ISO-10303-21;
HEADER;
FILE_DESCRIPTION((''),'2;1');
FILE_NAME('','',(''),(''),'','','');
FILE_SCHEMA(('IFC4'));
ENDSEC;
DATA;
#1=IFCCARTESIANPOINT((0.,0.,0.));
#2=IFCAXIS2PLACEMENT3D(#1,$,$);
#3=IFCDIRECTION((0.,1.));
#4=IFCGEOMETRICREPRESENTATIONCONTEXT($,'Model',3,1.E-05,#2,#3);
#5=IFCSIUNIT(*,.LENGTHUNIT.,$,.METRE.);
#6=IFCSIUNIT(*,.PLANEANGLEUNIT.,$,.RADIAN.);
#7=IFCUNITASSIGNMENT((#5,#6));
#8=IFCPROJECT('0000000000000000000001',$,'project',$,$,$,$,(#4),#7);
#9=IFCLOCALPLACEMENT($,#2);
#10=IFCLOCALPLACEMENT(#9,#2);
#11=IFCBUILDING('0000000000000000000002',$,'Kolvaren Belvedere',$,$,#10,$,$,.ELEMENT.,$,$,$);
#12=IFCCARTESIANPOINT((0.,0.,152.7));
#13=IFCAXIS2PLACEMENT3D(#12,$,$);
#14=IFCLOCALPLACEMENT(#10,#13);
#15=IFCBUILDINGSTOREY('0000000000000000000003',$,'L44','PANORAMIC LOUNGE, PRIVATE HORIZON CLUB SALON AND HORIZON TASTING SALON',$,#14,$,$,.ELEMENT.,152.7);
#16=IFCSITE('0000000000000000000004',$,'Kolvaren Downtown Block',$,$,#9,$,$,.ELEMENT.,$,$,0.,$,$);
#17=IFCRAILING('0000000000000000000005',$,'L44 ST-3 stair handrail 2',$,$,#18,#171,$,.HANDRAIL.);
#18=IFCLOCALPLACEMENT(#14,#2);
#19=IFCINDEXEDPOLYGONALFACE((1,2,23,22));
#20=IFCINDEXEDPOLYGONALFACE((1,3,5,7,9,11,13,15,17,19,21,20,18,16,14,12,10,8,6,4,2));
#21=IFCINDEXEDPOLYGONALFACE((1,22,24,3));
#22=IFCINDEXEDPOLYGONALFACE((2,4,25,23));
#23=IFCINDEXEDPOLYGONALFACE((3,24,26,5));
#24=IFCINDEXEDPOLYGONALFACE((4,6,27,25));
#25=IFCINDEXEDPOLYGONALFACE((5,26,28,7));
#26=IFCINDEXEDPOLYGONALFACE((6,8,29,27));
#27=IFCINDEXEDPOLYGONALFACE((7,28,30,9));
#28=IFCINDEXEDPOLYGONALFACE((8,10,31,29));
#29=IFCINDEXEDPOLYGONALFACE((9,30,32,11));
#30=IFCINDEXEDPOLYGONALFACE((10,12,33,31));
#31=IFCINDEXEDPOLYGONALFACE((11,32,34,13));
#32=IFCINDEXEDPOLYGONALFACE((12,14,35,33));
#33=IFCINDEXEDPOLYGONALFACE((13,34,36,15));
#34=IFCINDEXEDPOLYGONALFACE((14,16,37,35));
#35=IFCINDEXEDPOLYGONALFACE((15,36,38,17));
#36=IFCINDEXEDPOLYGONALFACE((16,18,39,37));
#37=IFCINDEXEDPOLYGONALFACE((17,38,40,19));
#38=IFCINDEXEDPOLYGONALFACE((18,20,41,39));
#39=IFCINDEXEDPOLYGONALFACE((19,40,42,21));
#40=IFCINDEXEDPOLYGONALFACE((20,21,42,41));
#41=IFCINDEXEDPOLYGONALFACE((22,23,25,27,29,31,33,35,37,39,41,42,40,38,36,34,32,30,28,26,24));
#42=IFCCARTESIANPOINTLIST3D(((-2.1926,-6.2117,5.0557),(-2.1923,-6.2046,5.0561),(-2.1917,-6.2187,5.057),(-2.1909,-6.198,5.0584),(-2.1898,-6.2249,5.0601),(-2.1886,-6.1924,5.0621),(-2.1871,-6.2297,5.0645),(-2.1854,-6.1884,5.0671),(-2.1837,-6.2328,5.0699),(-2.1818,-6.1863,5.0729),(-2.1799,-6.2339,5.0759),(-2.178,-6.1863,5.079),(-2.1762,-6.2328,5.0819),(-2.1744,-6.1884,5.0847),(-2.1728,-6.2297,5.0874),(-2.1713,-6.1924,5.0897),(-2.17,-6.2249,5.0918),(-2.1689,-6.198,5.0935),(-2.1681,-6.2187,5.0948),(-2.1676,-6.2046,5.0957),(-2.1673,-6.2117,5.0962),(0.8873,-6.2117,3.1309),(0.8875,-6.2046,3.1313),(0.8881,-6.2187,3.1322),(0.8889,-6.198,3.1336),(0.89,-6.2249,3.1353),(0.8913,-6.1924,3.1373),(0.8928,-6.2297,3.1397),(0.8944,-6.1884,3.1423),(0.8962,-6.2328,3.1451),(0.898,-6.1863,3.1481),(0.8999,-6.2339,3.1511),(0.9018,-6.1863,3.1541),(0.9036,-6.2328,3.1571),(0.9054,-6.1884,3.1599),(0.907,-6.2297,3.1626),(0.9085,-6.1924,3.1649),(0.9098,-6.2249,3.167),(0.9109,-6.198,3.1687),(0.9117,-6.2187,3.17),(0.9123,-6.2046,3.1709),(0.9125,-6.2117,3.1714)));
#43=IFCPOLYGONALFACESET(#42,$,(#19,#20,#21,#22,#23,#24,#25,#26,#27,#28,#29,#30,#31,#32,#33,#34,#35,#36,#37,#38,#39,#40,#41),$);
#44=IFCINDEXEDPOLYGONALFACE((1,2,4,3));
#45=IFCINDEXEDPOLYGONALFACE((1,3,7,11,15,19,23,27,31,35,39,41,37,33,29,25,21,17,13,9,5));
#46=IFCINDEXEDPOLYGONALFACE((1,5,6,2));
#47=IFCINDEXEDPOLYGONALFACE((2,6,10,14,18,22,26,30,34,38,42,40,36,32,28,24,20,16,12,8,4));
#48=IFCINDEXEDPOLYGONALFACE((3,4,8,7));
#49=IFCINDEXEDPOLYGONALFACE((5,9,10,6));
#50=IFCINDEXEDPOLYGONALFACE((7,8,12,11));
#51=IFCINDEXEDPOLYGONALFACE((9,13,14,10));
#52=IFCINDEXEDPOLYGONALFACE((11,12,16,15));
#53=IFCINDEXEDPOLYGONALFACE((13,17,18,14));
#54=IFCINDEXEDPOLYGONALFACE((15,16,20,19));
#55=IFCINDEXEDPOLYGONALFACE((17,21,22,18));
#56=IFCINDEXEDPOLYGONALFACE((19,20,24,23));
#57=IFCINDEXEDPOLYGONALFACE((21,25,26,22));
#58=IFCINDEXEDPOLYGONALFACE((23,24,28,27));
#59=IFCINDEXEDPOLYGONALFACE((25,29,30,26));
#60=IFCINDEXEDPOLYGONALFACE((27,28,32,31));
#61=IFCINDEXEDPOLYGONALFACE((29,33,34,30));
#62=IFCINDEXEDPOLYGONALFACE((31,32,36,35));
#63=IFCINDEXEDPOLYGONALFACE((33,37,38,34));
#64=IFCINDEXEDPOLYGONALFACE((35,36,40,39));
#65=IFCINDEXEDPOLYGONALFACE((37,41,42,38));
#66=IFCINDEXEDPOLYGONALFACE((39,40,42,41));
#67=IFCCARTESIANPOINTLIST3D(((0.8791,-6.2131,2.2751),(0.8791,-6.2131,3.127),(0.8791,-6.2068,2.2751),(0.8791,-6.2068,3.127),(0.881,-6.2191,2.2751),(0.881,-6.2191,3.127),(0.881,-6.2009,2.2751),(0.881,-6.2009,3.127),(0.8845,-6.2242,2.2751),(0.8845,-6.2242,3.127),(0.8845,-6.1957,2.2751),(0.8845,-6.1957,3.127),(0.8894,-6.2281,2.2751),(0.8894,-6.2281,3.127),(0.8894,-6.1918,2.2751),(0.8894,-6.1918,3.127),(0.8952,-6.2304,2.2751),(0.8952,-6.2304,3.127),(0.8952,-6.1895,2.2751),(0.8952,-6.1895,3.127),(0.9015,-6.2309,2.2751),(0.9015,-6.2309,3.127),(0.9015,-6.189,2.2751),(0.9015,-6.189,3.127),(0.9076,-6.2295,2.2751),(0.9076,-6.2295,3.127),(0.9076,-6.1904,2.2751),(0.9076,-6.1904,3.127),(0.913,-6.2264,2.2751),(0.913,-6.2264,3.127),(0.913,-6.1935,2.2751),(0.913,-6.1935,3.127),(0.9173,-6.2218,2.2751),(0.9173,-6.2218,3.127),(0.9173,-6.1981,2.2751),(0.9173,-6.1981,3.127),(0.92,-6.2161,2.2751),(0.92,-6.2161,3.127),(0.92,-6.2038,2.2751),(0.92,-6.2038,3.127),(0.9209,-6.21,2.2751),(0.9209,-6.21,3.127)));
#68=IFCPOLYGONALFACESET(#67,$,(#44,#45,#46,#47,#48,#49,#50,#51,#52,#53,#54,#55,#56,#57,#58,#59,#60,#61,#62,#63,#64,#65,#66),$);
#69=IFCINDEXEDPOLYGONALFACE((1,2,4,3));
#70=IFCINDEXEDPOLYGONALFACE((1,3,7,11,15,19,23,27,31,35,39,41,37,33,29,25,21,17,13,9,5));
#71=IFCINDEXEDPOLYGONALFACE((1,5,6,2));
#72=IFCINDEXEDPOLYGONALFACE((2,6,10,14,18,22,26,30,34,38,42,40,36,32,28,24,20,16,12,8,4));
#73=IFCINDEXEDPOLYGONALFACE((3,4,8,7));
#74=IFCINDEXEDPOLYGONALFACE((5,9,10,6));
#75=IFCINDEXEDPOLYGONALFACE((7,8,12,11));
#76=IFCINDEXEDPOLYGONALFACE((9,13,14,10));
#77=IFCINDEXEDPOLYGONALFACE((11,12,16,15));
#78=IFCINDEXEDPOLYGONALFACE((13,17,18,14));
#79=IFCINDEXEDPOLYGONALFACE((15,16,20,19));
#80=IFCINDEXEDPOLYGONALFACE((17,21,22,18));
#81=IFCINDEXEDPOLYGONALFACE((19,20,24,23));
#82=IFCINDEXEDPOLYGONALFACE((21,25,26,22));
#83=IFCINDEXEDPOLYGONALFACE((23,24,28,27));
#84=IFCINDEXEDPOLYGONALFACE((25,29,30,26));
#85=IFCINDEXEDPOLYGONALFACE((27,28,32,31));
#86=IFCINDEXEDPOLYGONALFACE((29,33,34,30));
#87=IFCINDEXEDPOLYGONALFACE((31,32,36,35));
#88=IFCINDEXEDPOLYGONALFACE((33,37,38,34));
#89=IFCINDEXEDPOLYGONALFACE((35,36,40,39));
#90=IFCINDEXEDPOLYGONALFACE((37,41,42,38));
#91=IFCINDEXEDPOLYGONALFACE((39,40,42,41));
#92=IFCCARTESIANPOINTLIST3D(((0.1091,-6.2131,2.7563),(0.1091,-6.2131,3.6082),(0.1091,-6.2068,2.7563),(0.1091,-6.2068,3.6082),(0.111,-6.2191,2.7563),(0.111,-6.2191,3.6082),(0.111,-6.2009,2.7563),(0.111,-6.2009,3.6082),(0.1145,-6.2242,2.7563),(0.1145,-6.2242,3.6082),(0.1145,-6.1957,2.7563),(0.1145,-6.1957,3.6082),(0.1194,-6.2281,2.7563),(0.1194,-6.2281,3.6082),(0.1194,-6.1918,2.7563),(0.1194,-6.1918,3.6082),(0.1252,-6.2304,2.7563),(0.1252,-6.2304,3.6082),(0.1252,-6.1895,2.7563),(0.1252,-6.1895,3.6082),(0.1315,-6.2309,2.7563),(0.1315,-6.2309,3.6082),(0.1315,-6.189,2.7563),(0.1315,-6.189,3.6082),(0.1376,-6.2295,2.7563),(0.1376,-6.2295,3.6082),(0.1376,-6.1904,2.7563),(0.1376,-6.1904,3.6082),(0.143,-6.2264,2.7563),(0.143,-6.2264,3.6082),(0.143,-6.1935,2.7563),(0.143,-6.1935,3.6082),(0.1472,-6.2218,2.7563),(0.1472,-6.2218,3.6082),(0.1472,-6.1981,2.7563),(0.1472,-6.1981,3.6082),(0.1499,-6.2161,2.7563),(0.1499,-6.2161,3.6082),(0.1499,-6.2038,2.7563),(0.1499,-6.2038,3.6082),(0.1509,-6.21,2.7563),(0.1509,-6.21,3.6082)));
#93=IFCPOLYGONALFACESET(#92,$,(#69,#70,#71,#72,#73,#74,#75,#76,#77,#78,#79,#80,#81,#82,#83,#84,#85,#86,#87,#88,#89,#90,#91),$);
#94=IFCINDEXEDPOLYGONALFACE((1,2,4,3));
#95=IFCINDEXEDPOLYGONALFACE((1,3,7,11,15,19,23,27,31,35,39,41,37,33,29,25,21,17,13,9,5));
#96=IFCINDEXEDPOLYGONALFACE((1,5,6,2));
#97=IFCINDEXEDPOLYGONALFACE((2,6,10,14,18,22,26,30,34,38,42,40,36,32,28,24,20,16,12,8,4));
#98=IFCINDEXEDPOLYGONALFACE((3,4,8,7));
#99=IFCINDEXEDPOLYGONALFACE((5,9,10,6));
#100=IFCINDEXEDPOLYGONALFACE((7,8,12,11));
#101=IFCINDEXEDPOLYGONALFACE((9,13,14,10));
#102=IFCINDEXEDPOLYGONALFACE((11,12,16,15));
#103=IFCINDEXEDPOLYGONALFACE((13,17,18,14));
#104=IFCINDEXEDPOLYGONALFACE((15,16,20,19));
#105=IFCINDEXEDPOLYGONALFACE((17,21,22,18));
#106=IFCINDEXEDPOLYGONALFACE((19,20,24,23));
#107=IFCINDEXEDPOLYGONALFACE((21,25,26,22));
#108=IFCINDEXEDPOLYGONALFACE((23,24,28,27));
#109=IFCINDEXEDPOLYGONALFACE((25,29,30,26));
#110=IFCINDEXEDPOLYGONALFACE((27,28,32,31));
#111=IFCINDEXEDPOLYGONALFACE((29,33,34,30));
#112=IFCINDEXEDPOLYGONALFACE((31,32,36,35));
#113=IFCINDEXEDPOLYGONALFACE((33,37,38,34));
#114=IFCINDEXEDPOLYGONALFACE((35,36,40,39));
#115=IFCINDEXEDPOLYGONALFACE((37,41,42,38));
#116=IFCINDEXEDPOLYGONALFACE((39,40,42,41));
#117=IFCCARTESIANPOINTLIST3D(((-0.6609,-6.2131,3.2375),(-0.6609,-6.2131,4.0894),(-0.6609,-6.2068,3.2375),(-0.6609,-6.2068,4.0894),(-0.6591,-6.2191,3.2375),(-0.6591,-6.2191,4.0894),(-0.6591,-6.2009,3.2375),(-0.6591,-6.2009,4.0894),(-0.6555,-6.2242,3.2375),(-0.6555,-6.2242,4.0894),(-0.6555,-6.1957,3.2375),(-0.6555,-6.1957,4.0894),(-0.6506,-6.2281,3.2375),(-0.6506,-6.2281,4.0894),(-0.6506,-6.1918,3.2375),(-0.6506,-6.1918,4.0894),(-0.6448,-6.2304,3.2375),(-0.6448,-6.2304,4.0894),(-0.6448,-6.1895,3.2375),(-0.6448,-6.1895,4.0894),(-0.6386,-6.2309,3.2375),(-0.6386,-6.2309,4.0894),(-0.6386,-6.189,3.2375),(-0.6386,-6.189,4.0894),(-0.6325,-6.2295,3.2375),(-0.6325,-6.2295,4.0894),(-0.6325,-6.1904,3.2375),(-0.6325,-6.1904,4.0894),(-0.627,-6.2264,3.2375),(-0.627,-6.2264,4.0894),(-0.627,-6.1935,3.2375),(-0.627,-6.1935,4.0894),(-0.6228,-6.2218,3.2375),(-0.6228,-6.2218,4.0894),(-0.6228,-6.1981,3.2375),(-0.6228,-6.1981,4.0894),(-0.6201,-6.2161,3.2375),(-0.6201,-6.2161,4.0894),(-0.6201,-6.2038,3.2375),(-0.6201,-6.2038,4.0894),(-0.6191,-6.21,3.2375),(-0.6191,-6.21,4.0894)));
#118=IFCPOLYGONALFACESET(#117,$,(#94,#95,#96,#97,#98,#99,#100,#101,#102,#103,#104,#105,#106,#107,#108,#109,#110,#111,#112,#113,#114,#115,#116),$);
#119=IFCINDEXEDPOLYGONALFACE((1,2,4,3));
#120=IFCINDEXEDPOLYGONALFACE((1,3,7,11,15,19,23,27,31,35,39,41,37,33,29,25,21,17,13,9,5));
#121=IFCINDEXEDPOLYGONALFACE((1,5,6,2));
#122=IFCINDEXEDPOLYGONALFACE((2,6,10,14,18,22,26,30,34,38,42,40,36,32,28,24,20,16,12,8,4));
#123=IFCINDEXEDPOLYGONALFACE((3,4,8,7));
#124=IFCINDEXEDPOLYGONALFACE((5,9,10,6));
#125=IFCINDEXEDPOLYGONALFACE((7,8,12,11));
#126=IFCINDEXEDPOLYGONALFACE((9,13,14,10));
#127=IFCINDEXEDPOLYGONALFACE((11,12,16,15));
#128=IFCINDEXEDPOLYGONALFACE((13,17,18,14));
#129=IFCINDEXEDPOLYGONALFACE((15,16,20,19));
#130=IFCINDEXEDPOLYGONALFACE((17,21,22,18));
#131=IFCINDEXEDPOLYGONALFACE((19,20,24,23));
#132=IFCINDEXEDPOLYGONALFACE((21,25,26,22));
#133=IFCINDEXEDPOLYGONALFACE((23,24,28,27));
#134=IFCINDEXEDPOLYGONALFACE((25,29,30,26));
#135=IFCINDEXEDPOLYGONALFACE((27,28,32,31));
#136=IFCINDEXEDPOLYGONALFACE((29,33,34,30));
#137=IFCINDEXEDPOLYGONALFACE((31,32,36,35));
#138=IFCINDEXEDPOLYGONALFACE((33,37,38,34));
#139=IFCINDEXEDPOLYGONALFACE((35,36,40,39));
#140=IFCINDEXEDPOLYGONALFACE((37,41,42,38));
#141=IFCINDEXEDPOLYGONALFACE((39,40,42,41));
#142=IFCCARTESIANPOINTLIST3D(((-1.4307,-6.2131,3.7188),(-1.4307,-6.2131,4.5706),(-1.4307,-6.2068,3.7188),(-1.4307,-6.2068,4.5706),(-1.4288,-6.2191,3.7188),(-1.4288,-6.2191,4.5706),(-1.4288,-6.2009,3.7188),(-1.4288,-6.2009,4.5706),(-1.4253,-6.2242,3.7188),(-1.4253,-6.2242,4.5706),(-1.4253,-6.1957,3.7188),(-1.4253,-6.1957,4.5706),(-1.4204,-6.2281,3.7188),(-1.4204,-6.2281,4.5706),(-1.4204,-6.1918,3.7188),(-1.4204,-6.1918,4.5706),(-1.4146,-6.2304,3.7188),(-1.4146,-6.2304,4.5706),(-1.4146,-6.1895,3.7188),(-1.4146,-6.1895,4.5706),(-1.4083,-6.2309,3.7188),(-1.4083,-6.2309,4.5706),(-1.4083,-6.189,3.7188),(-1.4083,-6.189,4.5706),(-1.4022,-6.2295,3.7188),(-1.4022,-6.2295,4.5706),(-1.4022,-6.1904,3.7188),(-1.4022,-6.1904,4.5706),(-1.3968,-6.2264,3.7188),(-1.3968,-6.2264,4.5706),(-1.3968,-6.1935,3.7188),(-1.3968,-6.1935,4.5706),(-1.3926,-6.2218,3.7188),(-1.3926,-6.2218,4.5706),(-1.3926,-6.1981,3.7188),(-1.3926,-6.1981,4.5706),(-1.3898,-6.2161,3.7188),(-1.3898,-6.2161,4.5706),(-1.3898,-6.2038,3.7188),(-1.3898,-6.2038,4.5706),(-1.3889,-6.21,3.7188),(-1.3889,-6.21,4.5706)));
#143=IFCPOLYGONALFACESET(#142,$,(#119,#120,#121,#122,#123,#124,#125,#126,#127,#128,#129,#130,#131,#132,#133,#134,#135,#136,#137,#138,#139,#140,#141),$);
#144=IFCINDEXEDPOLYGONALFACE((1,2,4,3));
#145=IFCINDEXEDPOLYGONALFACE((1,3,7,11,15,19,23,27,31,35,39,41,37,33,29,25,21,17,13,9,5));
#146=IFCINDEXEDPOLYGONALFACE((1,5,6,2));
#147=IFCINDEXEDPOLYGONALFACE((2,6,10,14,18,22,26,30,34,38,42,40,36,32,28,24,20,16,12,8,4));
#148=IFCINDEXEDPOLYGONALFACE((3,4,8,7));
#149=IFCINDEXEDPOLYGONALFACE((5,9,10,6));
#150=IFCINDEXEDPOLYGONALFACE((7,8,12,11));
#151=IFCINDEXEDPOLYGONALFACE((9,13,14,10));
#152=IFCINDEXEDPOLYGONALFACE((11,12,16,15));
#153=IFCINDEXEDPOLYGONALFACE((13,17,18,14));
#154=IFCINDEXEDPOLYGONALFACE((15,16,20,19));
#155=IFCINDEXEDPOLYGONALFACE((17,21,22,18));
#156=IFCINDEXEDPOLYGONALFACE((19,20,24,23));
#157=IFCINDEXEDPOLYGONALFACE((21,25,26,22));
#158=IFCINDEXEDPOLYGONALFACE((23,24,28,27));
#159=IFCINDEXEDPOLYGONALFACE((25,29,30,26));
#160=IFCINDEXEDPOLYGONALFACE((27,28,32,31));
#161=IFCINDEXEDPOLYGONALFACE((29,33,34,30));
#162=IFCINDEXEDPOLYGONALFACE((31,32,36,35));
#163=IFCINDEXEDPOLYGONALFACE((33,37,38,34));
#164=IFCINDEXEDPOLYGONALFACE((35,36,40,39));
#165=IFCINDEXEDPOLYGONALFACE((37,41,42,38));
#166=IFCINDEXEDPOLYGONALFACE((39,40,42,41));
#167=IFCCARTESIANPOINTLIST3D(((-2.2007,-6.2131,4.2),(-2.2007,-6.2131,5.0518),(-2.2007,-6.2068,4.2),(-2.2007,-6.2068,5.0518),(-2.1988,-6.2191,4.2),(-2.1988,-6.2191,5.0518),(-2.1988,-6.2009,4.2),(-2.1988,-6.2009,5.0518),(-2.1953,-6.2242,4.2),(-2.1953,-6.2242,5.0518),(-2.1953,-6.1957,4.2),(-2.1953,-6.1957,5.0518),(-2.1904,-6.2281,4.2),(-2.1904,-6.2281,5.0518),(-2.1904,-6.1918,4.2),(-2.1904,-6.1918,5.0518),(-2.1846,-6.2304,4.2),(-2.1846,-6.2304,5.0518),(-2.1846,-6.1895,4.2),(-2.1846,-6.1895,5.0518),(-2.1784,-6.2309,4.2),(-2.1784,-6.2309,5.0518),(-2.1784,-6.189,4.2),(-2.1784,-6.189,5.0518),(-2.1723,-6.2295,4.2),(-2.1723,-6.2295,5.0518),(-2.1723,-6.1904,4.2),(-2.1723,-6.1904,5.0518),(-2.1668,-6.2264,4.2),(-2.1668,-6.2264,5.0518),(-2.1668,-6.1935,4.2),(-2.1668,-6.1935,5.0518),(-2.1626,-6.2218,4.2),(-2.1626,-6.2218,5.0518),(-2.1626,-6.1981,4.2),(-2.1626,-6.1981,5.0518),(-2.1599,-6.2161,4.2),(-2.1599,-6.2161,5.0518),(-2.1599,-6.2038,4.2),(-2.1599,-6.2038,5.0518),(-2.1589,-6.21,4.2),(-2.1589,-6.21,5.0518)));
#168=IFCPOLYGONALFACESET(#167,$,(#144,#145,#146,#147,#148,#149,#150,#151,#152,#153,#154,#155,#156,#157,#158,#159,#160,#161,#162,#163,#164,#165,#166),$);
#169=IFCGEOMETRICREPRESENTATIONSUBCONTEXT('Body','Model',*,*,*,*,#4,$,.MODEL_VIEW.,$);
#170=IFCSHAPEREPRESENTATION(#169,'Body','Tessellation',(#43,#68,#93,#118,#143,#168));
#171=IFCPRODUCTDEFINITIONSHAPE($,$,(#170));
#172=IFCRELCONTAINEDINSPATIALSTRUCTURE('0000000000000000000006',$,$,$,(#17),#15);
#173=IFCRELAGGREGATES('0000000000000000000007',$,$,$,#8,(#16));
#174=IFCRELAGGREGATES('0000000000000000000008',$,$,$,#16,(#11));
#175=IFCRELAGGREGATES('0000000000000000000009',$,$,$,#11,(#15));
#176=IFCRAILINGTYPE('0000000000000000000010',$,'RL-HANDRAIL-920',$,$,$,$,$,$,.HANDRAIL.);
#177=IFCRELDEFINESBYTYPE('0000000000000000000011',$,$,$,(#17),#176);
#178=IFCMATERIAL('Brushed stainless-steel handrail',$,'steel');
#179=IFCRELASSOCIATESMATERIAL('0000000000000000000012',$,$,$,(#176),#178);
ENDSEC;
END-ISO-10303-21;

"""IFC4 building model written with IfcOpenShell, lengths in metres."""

from ifc_helpers import new_model, si_unit, direction, frame, origin, origin_2d, place, context, subcontext, project, spatial, circle, extrude, material, type_object, element, save


model = new_model("IFC4")

# Units and contexts
model_context = context("Model", 3, precision=1e-05, world=origin(), true_north=direction((0.0, 1.0)))
body_context = subcontext(model_context, "Body", "Model", "MODEL_VIEW")
ifc_project = project(units=[si_unit("LENGTHUNIT", "METRE"), si_unit("PLANEANGLEUNIT", "RADIAN")], contexts=[model_context])

# Site, building, storey
site_placement = place(None, origin())
site = spatial("IfcSite", under=ifc_project, at=site_placement, Name="Kolvaren Downtown Block", CompositionType="ELEMENT", RefElevation=0.0)
building_placement = place(site_placement, origin())
building = spatial("IfcBuilding", under=site, at=building_placement, Name="Kolvaren Belvedere", CompositionType="ELEMENT")
storey_placement = place(building_placement, frame((0.0, 0.0, 152.7)))
storey = spatial("IfcBuildingStorey", under=building, at=storey_placement, Name="L44", Description="PANORAMIC LOUNGE, PRIVATE HORIZON CLUB SALON AND HORIZON TASTING SALON", CompositionType="ELEMENT", Elevation=152.7)

# Railing
ifc_material_1 = material(Name="Brushed stainless-steel handrail", Category="steel")
railing_type_1 = type_object("IfcRailingType", Name="RL-HANDRAIL-920", PredefinedType="HANDRAIL", material=ifc_material_1)
railing_1_placement = place(storey_placement, frame((0.8999, -6.21, 2.2751)))
element("IfcRailing", 1, at=railing_1_placement, inside=storey, type_object=railing_type_1, Name="L44 ST-3 stair handrail 2", PredefinedType="HANDRAIL", context=body_context, shape_type="SweptSolid", body=[
    extrude(circle(Radius=0.0239, at=origin_2d()), frame((0.0, 0.0, 0.876), z_axis=(-0.84801, 0.0, 0.529981), x_axis=(0.0, -1.0, 0.0)), (0.0, 0.0, 1.0), 3.6318),
    extrude(circle(Radius=0.021, at=origin_2d()), origin(), (0.0, 0.0, 1.0), 0.8518),
    extrude(circle(Radius=0.021, at=origin_2d()), frame((-0.77, 0.0, 0.4812)), (0.0, 0.0, 1.0), 0.8518),
    extrude(circle(Radius=0.021, at=origin_2d()), frame((-1.54, 0.0, 0.9624)), (0.0, 0.0, 1.0), 0.8518),
    extrude(circle(Radius=0.021, at=origin_2d()), frame((-2.3098, 0.0, 1.4436)), (0.0, 0.0, 1.0), 0.8518),
    extrude(circle(Radius=0.021, at=origin_2d()), frame((-3.0798, 0.0, 1.9248)), (0.0, 0.0, 1.0), 0.8518),
])

save(model, "model.ifc")
